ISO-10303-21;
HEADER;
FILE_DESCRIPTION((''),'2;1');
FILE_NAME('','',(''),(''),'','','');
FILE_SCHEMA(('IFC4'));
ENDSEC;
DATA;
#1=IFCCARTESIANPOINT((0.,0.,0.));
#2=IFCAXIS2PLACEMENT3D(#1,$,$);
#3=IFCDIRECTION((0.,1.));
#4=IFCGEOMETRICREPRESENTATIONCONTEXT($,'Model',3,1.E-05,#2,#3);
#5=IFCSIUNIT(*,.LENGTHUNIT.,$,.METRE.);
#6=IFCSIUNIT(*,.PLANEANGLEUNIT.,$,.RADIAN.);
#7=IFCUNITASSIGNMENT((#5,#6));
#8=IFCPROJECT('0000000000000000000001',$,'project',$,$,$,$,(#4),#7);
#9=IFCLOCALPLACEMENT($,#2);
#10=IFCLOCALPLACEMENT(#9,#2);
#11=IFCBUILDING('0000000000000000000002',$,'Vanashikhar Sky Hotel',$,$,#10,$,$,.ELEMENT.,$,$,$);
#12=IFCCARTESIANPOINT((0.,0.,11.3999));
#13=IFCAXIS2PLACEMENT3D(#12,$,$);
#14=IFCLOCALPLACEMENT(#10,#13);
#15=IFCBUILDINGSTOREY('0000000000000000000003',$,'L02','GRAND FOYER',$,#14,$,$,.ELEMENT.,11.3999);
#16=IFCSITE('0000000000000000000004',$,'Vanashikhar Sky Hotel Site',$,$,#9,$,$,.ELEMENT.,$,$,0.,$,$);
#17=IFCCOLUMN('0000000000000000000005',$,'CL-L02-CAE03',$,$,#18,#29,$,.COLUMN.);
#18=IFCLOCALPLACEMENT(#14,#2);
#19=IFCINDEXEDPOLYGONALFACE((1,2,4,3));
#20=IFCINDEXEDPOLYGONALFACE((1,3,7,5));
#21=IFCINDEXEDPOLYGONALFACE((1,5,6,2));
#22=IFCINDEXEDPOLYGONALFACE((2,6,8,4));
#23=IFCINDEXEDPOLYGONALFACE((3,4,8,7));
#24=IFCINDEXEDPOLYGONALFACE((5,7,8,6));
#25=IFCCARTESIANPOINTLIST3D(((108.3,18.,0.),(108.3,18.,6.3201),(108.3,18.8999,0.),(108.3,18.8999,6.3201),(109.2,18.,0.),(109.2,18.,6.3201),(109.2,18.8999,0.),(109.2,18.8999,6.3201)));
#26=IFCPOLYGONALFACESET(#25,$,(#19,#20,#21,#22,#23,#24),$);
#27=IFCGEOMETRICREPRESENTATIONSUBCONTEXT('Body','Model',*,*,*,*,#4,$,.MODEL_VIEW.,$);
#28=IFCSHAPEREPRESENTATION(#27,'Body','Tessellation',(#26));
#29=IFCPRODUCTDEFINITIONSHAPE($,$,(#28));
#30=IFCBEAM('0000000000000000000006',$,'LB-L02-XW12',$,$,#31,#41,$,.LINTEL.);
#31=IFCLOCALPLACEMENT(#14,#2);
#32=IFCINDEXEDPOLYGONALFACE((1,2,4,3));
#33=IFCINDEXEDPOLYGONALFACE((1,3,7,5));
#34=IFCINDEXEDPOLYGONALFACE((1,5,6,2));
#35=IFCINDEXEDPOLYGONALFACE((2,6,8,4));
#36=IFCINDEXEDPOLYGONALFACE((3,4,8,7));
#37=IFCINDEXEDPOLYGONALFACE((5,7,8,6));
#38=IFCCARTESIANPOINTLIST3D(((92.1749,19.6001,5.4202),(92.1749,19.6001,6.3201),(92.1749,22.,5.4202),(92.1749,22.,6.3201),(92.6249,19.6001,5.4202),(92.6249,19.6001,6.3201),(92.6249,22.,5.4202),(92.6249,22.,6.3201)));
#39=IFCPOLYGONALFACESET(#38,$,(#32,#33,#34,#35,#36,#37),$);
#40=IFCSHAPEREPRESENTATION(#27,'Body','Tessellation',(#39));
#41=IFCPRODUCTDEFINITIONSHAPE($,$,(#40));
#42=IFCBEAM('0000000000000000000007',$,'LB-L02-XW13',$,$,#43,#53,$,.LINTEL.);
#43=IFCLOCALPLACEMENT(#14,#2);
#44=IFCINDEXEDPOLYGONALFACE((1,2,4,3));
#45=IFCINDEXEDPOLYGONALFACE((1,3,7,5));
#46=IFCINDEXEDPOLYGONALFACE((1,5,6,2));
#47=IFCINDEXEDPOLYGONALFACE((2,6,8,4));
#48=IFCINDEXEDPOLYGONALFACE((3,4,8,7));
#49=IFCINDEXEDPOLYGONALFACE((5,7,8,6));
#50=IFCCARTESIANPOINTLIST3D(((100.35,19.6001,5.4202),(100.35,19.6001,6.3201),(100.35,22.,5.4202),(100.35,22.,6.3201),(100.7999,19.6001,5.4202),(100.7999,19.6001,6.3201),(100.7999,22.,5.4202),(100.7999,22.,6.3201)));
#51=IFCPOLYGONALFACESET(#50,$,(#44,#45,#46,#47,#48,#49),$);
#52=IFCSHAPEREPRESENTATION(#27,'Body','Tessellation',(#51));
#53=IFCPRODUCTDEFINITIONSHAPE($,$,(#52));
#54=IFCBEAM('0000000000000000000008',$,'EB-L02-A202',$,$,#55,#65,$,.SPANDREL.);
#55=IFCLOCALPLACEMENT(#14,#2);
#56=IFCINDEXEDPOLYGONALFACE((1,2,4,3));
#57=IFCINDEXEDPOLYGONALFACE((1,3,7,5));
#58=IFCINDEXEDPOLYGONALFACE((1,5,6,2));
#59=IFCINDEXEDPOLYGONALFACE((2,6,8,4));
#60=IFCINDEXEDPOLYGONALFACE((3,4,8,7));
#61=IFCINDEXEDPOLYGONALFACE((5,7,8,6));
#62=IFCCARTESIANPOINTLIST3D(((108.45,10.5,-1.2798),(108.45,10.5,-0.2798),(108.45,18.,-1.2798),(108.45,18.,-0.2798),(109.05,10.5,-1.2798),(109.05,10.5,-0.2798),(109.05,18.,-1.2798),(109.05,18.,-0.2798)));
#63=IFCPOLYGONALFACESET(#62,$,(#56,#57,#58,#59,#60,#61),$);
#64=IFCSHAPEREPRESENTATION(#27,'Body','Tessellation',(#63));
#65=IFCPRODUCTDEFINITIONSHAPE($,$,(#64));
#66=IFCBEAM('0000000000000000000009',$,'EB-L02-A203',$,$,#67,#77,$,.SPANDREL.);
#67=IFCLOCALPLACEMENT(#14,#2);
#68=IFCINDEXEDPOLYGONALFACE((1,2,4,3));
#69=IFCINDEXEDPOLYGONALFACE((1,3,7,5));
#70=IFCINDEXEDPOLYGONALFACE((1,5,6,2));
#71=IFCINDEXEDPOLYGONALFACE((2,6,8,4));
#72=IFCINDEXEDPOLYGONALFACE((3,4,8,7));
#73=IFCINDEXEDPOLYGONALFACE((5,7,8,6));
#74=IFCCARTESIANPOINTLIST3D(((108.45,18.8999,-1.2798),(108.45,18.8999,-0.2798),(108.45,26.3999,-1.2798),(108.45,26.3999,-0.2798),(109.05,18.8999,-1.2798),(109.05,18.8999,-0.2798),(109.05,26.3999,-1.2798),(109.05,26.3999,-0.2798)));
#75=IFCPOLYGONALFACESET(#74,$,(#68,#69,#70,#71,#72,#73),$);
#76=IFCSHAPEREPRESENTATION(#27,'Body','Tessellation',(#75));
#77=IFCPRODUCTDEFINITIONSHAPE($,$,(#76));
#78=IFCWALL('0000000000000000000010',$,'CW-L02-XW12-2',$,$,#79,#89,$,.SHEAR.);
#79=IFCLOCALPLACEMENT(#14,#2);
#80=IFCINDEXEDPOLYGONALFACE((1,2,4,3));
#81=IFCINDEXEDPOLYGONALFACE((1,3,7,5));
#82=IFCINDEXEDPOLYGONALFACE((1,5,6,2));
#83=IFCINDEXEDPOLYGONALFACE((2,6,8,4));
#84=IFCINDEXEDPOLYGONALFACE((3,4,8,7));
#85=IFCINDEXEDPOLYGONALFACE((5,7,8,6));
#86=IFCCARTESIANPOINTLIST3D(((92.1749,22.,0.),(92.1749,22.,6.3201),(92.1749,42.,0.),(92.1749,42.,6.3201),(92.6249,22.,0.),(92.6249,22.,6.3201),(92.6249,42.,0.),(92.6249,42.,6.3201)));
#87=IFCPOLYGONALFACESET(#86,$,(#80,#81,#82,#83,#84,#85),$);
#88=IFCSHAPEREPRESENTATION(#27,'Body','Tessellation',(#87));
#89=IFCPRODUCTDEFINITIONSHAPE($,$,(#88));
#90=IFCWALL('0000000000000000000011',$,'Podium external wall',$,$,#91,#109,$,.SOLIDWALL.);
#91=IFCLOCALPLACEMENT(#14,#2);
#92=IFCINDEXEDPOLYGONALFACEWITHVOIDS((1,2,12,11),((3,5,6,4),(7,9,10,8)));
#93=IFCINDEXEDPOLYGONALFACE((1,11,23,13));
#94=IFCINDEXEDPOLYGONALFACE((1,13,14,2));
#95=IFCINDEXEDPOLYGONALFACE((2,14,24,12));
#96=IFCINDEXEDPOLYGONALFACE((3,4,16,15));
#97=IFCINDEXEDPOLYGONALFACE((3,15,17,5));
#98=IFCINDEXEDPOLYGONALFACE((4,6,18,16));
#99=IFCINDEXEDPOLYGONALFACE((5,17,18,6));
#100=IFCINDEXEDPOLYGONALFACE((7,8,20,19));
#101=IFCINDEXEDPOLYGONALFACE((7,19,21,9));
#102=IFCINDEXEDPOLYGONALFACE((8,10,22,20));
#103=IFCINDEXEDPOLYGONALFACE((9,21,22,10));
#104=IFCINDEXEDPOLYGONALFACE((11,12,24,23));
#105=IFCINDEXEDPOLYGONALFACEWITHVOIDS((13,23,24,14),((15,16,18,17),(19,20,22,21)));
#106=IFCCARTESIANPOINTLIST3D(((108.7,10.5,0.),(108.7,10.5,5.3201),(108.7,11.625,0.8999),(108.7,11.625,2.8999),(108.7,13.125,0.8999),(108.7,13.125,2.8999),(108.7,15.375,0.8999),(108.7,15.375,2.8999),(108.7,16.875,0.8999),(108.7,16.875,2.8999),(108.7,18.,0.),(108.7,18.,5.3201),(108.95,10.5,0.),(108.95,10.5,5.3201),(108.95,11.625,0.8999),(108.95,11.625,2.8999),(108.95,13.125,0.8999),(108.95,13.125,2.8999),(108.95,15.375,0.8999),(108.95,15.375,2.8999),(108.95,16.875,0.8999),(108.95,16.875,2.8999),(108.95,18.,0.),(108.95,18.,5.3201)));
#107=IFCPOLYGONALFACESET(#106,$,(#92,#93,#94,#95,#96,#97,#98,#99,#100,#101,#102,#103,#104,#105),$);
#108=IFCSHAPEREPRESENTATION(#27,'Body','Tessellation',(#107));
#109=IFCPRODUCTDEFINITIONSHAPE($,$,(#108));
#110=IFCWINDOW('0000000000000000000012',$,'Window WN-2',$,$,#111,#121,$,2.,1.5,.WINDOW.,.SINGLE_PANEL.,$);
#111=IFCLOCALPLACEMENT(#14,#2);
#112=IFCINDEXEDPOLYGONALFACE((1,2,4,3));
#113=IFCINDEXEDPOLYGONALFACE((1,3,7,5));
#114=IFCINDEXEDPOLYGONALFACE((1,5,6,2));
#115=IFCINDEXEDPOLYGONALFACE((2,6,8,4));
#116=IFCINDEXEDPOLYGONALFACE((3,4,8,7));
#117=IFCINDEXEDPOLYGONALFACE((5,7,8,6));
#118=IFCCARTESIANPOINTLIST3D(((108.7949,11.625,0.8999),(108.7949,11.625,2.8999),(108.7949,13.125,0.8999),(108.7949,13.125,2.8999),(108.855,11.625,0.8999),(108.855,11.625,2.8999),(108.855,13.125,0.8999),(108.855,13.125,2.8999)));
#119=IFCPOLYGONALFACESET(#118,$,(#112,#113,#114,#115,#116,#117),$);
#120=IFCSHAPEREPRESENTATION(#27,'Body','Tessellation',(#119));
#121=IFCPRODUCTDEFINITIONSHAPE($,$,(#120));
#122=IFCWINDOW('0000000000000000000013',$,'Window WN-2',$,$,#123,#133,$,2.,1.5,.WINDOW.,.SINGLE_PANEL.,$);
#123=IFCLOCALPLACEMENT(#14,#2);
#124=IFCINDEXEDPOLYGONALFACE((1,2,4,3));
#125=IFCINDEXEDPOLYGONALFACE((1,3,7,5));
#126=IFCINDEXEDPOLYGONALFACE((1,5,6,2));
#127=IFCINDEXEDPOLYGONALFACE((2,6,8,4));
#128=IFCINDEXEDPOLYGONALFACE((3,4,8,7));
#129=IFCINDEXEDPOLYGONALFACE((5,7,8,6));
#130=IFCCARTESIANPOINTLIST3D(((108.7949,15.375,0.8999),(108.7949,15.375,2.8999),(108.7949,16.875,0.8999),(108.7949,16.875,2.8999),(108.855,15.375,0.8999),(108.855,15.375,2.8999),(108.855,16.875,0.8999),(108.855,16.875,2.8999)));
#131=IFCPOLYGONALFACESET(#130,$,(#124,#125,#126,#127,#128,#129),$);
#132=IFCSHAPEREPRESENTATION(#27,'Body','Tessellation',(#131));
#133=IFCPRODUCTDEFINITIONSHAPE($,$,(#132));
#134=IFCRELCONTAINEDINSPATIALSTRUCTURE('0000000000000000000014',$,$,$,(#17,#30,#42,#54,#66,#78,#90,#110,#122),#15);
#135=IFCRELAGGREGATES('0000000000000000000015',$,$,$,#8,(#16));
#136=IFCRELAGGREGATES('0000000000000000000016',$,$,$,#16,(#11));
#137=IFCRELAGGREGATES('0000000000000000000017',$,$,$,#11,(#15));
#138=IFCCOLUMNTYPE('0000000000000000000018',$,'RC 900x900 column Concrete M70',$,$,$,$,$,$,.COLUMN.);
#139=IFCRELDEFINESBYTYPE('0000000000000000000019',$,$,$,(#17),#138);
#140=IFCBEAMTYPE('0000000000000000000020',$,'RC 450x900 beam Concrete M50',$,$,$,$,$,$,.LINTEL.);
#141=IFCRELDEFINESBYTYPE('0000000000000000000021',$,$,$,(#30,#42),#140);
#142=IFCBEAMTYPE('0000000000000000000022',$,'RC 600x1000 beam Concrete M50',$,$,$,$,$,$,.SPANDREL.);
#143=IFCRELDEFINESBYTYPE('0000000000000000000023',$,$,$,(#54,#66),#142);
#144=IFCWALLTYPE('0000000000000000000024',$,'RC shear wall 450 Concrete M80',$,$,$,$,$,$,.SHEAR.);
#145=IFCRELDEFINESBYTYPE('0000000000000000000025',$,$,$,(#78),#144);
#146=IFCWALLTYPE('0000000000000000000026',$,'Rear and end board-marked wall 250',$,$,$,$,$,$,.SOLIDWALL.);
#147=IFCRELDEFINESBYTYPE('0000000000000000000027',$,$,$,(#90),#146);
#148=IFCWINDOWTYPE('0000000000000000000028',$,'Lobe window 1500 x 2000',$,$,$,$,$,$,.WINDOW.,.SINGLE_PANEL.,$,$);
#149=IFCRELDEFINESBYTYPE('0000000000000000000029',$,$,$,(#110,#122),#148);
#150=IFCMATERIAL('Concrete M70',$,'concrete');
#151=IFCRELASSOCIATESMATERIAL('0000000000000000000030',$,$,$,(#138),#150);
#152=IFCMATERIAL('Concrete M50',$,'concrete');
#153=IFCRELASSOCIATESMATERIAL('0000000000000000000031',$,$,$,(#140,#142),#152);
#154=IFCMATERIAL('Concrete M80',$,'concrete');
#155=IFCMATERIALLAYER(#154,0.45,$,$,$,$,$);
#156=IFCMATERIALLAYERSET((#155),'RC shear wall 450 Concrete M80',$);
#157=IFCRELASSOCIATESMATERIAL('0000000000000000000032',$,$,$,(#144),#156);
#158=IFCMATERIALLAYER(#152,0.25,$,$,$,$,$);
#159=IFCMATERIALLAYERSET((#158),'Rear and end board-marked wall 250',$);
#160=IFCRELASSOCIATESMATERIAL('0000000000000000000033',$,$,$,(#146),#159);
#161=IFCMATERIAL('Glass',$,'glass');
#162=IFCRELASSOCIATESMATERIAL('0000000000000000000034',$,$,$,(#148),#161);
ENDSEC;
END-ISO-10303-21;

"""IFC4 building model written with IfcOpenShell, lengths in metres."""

from ifc_helpers import new_model, si_unit, direction, frame, frame_2d, origin, origin_2d, place, context, subcontext, project, spatial, rectangle, extrude, source, transform, mapped, material, layer, layer_set, material_profile, profile_set, type_object, element, fill, save


model = new_model("IFC4")

# Units and contexts
model_context = context("Model", 3, precision=1e-05, world=origin(), true_north=direction((0.0, 1.0)))
body_context = subcontext(model_context, "Body", "Model", "MODEL_VIEW")
ifc_project = project(units=[si_unit("LENGTHUNIT", "METRE"), si_unit("PLANEANGLEUNIT", "RADIAN")], contexts=[model_context])

# Site, building, storey
site_placement = place(None, origin())
site = spatial("IfcSite", under=ifc_project, at=site_placement, Name="Vanashikhar Sky Hotel Site", CompositionType="ELEMENT", RefElevation=0.0)
building_placement = place(site_placement, origin())
building = spatial("IfcBuilding", under=site, at=building_placement, Name="Vanashikhar Sky Hotel", CompositionType="ELEMENT")
storey_placement = place(building_placement, frame((0.0, 0.0, 11.3999)))
storey = spatial("IfcBuildingStorey", under=building, at=storey_placement, Name="L02", Description="GRAND FOYER", CompositionType="ELEMENT", Elevation=11.3999)

# Column
ifc_material_1 = material(Name="Concrete M70", Category="concrete")
ifc_material_profile_1 = material_profile(ifc_material_1, rectangle(XDim=0.8999, YDim=0.8999, at=origin_2d()))
ifc_profile_set_1 = profile_set([ifc_material_profile_1], Name="RC 900x900 column Concrete M70")
column_type = type_object("IfcColumnType", Name="RC 900x900 column Concrete M70", PredefinedType="COLUMN", material=ifc_profile_set_1)
shared_shape_1 = source(origin(), body_context, "Body", "SweptSolid", [
    extrude(rectangle(XDim=0.8999, YDim=0.8999, at=origin_2d()), origin(), (0.0, 0.0, 1.0), 6.3201),
])
column_placement = place(storey_placement, frame((108.75, 18.45, 0.0), z_axis=(0.0, 0.0, 1.0), x_axis=(1.0, 0.0, 0.0)))
element("IfcColumn", 1, at=column_placement, inside=storey, type_object=column_type, Name="CL-L02-CAE03", PredefinedType="COLUMN", context=body_context, shape_type="MappedRepresentation", body=[
    mapped(shared_shape_1, transform((0.0, 0.0, 0.0), scale=1.0)),
])

# Beams
ifc_material_2 = material(Name="Concrete M50", Category="concrete")
ifc_material_profile_2 = material_profile(ifc_material_2, rectangle(XDim=0.45, YDim=0.8999, at=origin_2d()))
ifc_profile_set_2 = profile_set([ifc_material_profile_2], Name="RC 450x900 beam Concrete M50")
beam_type_1 = type_object("IfcBeamType", Name="RC 450x900 beam Concrete M50", PredefinedType="LINTEL", material=ifc_profile_set_2)
shared_shape_2 = source(origin(), body_context, "Body", "SweptSolid", [
    extrude(rectangle(XDim=0.45, YDim=0.8999, at=origin_2d()), origin(), (0.0, 0.0, 1.0), 2.3999),
])
for number, where, z_axis, x_axis, name in (
    (2, (92.3999, 19.6001, 5.8701), (0.0, 1.0, 0.0), (-1.0, 0.0, 0.0), "LB-L02-XW12"),
    (3, (100.575, 19.6001, 5.8701), (0.0, 1.0, 0.0), (-1.0, 0.0, 0.0), "LB-L02-XW13"),
):
    element("IfcBeam", number, at=place(storey_placement, frame(where, z_axis=z_axis, x_axis=x_axis)), inside=storey, type_object=beam_type_1, Name=name, PredefinedType="LINTEL", context=body_context, shape_type="MappedRepresentation", body=[
        mapped(shared_shape_2, transform((0.0, 0.0, 0.0), scale=1.0)),
    ])
ifc_material_profile_3 = material_profile(ifc_material_2, rectangle(XDim=0.6001, YDim=1.0, at=origin_2d()))
ifc_profile_set_3 = profile_set([ifc_material_profile_3], Name="RC 600x1000 beam Concrete M50")
beam_type_2 = type_object("IfcBeamType", Name="RC 600x1000 beam Concrete M50", PredefinedType="SPANDREL", material=ifc_profile_set_3)
shared_shape_3 = source(origin(), body_context, "Body", "SweptSolid", [
    extrude(rectangle(XDim=0.6001, YDim=1.0, at=origin_2d()), origin(), (0.0, 0.0, 1.0), 7.5),
])
for number, where, z_axis, x_axis, name in (
    (4, (108.75, 10.5, -0.7798), (0.0, 1.0, 0.0), (-1.0, 0.0, 0.0), "EB-L02-A202"),
    (5, (108.75, 18.8999, -0.7798), (0.0, 1.0, 0.0), (-1.0, 0.0, 0.0), "EB-L02-A203"),
):
    element("IfcBeam", number, at=place(storey_placement, frame(where, z_axis=z_axis, x_axis=x_axis)), inside=storey, type_object=beam_type_2, Name=name, PredefinedType="SPANDREL", context=body_context, shape_type="MappedRepresentation", body=[
        mapped(shared_shape_3, transform((0.0, 0.0, 0.0), scale=1.0)),
    ])

# Wall
ifc_material_3 = material(Name="Concrete M80", Category="concrete")
ifc_layer_1 = layer(ifc_material_3, 0.45)
ifc_layer_set_1 = layer_set([ifc_layer_1], Name="RC shear wall 450 Concrete M80")
wall_type_1 = type_object("IfcWallType", Name="RC shear wall 450 Concrete M80", PredefinedType="SHEAR", material=ifc_layer_set_1)
shared_shape_4 = source(origin(), body_context, "Body", "SweptSolid", [
    extrude(rectangle(XDim=20.0, YDim=0.45, at=frame_2d((10.0, 0.0))), origin(), (0.0, 0.0, 1.0), 6.3201),
])
wall_1_placement = place(storey_placement, frame((92.3999, 22.0, 0.0), z_axis=(0.0, 0.0, 1.0), x_axis=(0.0, 1.0, 0.0)))
element("IfcWall", 6, at=wall_1_placement, inside=storey, type_object=wall_type_1, Name="CW-L02-XW12-2", PredefinedType="SHEAR", context=body_context, shape_type="MappedRepresentation", body=[
    mapped(shared_shape_4, transform((0.0, 0.0, 0.0), scale=1.0)),
])

# Wall, openings, windows
ifc_layer_2 = layer(ifc_material_2, 0.25)
ifc_layer_set_2 = layer_set([ifc_layer_2], Name="Rear and end board-marked wall 250")
wall_type_2 = type_object("IfcWallType", Name="Rear and end board-marked wall 250", PredefinedType="SOLIDWALL", material=ifc_layer_set_2)
shared_shape_5 = source(origin(), body_context, "Body", "SweptSolid", [
    extrude(rectangle(XDim=7.5, YDim=0.25, at=frame_2d((3.75, 0.0))), origin(), (0.0, 0.0, 1.0), 5.3201),
])
wall_2_placement = place(storey_placement, frame((108.825, 10.5, 0.0), z_axis=(0.0, 0.0, 1.0), x_axis=(0.0, 1.0, 0.0)))
wall_2 = element("IfcWall", 7, at=wall_2_placement, inside=storey, type_object=wall_type_2, Name="Podium external wall", PredefinedType="SOLIDWALL", context=body_context, shape_type="MappedRepresentation", body=[
    mapped(shared_shape_5, transform((0.0, 0.0, 0.0), scale=1.0)),
])
shared_shape_6 = source(origin(), body_context, "Body", "SweptSolid", [
    extrude(rectangle(XDim=1.5, YDim=2.0, at=frame_2d((0.75, 1.0))), frame((0.0, 0.135, 0.0), z_axis=(0.0, -1.0, 0.0), x_axis=(1.0, 0.0, 0.0)), (0.0, 0.0, 1.0), 0.27),
])
opening_1_placement = place(wall_2_placement, frame((1.125, 0.0, 0.8999)))
opening_1 = element("IfcOpeningElement", 8, at=opening_1_placement, cuts=wall_2, PredefinedType="OPENING", context=body_context, shape_type="MappedRepresentation", body=[
    mapped(shared_shape_6, transform((0.0, 0.0, 0.0), scale=1.0)),
])
opening_2_placement = place(wall_2_placement, frame((4.875, 0.0, 0.8999)))
opening_2 = element("IfcOpeningElement", 9, at=opening_2_placement, cuts=wall_2, PredefinedType="OPENING", context=body_context, shape_type="MappedRepresentation", body=[
    mapped(shared_shape_6, transform((0.0, 0.0, 0.0), scale=1.0)),
])
ifc_material_4 = material(Name="Glass", Category="glass")
window_type = type_object("IfcWindowType", Name="Lobe window 1500 x 2000", PartitioningType="SINGLE_PANEL", PredefinedType="WINDOW", material=ifc_material_4)
shared_shape_7 = source(origin(), body_context, "Body", "SweptSolid", [
    extrude(rectangle(XDim=1.5, YDim=2.0, at=frame_2d((0.75, 1.0))), frame((0.0, 0.03, 0.0), z_axis=(0.0, -1.0, 0.0), x_axis=(1.0, 0.0, 0.0)), (0.0, 0.0, 1.0), 0.0601),
])
window_1_placement = place(opening_1_placement, origin())
window_1 = element("IfcWindow", 10, at=window_1_placement, inside=storey, type_object=window_type, Name="Window WN-2", OverallHeight=2.0, OverallWidth=1.5, PartitioningType="SINGLE_PANEL", PredefinedType="WINDOW", context=body_context, shape_type="MappedRepresentation", body=[
    mapped(shared_shape_7, transform((0.0, 0.0, 0.0), scale=1.0)),
])
fill(opening_1, window_1)
window_2_placement = place(opening_2_placement, origin())
window_2 = element("IfcWindow", 11, at=window_2_placement, inside=storey, type_object=window_type, Name="Window WN-2", OverallHeight=2.0, OverallWidth=1.5, PartitioningType="SINGLE_PANEL", PredefinedType="WINDOW", context=body_context, shape_type="MappedRepresentation", body=[
    mapped(shared_shape_7, transform((0.0, 0.0, 0.0), scale=1.0)),
])
fill(opening_2, window_2)

save(model, "model.ifc")
